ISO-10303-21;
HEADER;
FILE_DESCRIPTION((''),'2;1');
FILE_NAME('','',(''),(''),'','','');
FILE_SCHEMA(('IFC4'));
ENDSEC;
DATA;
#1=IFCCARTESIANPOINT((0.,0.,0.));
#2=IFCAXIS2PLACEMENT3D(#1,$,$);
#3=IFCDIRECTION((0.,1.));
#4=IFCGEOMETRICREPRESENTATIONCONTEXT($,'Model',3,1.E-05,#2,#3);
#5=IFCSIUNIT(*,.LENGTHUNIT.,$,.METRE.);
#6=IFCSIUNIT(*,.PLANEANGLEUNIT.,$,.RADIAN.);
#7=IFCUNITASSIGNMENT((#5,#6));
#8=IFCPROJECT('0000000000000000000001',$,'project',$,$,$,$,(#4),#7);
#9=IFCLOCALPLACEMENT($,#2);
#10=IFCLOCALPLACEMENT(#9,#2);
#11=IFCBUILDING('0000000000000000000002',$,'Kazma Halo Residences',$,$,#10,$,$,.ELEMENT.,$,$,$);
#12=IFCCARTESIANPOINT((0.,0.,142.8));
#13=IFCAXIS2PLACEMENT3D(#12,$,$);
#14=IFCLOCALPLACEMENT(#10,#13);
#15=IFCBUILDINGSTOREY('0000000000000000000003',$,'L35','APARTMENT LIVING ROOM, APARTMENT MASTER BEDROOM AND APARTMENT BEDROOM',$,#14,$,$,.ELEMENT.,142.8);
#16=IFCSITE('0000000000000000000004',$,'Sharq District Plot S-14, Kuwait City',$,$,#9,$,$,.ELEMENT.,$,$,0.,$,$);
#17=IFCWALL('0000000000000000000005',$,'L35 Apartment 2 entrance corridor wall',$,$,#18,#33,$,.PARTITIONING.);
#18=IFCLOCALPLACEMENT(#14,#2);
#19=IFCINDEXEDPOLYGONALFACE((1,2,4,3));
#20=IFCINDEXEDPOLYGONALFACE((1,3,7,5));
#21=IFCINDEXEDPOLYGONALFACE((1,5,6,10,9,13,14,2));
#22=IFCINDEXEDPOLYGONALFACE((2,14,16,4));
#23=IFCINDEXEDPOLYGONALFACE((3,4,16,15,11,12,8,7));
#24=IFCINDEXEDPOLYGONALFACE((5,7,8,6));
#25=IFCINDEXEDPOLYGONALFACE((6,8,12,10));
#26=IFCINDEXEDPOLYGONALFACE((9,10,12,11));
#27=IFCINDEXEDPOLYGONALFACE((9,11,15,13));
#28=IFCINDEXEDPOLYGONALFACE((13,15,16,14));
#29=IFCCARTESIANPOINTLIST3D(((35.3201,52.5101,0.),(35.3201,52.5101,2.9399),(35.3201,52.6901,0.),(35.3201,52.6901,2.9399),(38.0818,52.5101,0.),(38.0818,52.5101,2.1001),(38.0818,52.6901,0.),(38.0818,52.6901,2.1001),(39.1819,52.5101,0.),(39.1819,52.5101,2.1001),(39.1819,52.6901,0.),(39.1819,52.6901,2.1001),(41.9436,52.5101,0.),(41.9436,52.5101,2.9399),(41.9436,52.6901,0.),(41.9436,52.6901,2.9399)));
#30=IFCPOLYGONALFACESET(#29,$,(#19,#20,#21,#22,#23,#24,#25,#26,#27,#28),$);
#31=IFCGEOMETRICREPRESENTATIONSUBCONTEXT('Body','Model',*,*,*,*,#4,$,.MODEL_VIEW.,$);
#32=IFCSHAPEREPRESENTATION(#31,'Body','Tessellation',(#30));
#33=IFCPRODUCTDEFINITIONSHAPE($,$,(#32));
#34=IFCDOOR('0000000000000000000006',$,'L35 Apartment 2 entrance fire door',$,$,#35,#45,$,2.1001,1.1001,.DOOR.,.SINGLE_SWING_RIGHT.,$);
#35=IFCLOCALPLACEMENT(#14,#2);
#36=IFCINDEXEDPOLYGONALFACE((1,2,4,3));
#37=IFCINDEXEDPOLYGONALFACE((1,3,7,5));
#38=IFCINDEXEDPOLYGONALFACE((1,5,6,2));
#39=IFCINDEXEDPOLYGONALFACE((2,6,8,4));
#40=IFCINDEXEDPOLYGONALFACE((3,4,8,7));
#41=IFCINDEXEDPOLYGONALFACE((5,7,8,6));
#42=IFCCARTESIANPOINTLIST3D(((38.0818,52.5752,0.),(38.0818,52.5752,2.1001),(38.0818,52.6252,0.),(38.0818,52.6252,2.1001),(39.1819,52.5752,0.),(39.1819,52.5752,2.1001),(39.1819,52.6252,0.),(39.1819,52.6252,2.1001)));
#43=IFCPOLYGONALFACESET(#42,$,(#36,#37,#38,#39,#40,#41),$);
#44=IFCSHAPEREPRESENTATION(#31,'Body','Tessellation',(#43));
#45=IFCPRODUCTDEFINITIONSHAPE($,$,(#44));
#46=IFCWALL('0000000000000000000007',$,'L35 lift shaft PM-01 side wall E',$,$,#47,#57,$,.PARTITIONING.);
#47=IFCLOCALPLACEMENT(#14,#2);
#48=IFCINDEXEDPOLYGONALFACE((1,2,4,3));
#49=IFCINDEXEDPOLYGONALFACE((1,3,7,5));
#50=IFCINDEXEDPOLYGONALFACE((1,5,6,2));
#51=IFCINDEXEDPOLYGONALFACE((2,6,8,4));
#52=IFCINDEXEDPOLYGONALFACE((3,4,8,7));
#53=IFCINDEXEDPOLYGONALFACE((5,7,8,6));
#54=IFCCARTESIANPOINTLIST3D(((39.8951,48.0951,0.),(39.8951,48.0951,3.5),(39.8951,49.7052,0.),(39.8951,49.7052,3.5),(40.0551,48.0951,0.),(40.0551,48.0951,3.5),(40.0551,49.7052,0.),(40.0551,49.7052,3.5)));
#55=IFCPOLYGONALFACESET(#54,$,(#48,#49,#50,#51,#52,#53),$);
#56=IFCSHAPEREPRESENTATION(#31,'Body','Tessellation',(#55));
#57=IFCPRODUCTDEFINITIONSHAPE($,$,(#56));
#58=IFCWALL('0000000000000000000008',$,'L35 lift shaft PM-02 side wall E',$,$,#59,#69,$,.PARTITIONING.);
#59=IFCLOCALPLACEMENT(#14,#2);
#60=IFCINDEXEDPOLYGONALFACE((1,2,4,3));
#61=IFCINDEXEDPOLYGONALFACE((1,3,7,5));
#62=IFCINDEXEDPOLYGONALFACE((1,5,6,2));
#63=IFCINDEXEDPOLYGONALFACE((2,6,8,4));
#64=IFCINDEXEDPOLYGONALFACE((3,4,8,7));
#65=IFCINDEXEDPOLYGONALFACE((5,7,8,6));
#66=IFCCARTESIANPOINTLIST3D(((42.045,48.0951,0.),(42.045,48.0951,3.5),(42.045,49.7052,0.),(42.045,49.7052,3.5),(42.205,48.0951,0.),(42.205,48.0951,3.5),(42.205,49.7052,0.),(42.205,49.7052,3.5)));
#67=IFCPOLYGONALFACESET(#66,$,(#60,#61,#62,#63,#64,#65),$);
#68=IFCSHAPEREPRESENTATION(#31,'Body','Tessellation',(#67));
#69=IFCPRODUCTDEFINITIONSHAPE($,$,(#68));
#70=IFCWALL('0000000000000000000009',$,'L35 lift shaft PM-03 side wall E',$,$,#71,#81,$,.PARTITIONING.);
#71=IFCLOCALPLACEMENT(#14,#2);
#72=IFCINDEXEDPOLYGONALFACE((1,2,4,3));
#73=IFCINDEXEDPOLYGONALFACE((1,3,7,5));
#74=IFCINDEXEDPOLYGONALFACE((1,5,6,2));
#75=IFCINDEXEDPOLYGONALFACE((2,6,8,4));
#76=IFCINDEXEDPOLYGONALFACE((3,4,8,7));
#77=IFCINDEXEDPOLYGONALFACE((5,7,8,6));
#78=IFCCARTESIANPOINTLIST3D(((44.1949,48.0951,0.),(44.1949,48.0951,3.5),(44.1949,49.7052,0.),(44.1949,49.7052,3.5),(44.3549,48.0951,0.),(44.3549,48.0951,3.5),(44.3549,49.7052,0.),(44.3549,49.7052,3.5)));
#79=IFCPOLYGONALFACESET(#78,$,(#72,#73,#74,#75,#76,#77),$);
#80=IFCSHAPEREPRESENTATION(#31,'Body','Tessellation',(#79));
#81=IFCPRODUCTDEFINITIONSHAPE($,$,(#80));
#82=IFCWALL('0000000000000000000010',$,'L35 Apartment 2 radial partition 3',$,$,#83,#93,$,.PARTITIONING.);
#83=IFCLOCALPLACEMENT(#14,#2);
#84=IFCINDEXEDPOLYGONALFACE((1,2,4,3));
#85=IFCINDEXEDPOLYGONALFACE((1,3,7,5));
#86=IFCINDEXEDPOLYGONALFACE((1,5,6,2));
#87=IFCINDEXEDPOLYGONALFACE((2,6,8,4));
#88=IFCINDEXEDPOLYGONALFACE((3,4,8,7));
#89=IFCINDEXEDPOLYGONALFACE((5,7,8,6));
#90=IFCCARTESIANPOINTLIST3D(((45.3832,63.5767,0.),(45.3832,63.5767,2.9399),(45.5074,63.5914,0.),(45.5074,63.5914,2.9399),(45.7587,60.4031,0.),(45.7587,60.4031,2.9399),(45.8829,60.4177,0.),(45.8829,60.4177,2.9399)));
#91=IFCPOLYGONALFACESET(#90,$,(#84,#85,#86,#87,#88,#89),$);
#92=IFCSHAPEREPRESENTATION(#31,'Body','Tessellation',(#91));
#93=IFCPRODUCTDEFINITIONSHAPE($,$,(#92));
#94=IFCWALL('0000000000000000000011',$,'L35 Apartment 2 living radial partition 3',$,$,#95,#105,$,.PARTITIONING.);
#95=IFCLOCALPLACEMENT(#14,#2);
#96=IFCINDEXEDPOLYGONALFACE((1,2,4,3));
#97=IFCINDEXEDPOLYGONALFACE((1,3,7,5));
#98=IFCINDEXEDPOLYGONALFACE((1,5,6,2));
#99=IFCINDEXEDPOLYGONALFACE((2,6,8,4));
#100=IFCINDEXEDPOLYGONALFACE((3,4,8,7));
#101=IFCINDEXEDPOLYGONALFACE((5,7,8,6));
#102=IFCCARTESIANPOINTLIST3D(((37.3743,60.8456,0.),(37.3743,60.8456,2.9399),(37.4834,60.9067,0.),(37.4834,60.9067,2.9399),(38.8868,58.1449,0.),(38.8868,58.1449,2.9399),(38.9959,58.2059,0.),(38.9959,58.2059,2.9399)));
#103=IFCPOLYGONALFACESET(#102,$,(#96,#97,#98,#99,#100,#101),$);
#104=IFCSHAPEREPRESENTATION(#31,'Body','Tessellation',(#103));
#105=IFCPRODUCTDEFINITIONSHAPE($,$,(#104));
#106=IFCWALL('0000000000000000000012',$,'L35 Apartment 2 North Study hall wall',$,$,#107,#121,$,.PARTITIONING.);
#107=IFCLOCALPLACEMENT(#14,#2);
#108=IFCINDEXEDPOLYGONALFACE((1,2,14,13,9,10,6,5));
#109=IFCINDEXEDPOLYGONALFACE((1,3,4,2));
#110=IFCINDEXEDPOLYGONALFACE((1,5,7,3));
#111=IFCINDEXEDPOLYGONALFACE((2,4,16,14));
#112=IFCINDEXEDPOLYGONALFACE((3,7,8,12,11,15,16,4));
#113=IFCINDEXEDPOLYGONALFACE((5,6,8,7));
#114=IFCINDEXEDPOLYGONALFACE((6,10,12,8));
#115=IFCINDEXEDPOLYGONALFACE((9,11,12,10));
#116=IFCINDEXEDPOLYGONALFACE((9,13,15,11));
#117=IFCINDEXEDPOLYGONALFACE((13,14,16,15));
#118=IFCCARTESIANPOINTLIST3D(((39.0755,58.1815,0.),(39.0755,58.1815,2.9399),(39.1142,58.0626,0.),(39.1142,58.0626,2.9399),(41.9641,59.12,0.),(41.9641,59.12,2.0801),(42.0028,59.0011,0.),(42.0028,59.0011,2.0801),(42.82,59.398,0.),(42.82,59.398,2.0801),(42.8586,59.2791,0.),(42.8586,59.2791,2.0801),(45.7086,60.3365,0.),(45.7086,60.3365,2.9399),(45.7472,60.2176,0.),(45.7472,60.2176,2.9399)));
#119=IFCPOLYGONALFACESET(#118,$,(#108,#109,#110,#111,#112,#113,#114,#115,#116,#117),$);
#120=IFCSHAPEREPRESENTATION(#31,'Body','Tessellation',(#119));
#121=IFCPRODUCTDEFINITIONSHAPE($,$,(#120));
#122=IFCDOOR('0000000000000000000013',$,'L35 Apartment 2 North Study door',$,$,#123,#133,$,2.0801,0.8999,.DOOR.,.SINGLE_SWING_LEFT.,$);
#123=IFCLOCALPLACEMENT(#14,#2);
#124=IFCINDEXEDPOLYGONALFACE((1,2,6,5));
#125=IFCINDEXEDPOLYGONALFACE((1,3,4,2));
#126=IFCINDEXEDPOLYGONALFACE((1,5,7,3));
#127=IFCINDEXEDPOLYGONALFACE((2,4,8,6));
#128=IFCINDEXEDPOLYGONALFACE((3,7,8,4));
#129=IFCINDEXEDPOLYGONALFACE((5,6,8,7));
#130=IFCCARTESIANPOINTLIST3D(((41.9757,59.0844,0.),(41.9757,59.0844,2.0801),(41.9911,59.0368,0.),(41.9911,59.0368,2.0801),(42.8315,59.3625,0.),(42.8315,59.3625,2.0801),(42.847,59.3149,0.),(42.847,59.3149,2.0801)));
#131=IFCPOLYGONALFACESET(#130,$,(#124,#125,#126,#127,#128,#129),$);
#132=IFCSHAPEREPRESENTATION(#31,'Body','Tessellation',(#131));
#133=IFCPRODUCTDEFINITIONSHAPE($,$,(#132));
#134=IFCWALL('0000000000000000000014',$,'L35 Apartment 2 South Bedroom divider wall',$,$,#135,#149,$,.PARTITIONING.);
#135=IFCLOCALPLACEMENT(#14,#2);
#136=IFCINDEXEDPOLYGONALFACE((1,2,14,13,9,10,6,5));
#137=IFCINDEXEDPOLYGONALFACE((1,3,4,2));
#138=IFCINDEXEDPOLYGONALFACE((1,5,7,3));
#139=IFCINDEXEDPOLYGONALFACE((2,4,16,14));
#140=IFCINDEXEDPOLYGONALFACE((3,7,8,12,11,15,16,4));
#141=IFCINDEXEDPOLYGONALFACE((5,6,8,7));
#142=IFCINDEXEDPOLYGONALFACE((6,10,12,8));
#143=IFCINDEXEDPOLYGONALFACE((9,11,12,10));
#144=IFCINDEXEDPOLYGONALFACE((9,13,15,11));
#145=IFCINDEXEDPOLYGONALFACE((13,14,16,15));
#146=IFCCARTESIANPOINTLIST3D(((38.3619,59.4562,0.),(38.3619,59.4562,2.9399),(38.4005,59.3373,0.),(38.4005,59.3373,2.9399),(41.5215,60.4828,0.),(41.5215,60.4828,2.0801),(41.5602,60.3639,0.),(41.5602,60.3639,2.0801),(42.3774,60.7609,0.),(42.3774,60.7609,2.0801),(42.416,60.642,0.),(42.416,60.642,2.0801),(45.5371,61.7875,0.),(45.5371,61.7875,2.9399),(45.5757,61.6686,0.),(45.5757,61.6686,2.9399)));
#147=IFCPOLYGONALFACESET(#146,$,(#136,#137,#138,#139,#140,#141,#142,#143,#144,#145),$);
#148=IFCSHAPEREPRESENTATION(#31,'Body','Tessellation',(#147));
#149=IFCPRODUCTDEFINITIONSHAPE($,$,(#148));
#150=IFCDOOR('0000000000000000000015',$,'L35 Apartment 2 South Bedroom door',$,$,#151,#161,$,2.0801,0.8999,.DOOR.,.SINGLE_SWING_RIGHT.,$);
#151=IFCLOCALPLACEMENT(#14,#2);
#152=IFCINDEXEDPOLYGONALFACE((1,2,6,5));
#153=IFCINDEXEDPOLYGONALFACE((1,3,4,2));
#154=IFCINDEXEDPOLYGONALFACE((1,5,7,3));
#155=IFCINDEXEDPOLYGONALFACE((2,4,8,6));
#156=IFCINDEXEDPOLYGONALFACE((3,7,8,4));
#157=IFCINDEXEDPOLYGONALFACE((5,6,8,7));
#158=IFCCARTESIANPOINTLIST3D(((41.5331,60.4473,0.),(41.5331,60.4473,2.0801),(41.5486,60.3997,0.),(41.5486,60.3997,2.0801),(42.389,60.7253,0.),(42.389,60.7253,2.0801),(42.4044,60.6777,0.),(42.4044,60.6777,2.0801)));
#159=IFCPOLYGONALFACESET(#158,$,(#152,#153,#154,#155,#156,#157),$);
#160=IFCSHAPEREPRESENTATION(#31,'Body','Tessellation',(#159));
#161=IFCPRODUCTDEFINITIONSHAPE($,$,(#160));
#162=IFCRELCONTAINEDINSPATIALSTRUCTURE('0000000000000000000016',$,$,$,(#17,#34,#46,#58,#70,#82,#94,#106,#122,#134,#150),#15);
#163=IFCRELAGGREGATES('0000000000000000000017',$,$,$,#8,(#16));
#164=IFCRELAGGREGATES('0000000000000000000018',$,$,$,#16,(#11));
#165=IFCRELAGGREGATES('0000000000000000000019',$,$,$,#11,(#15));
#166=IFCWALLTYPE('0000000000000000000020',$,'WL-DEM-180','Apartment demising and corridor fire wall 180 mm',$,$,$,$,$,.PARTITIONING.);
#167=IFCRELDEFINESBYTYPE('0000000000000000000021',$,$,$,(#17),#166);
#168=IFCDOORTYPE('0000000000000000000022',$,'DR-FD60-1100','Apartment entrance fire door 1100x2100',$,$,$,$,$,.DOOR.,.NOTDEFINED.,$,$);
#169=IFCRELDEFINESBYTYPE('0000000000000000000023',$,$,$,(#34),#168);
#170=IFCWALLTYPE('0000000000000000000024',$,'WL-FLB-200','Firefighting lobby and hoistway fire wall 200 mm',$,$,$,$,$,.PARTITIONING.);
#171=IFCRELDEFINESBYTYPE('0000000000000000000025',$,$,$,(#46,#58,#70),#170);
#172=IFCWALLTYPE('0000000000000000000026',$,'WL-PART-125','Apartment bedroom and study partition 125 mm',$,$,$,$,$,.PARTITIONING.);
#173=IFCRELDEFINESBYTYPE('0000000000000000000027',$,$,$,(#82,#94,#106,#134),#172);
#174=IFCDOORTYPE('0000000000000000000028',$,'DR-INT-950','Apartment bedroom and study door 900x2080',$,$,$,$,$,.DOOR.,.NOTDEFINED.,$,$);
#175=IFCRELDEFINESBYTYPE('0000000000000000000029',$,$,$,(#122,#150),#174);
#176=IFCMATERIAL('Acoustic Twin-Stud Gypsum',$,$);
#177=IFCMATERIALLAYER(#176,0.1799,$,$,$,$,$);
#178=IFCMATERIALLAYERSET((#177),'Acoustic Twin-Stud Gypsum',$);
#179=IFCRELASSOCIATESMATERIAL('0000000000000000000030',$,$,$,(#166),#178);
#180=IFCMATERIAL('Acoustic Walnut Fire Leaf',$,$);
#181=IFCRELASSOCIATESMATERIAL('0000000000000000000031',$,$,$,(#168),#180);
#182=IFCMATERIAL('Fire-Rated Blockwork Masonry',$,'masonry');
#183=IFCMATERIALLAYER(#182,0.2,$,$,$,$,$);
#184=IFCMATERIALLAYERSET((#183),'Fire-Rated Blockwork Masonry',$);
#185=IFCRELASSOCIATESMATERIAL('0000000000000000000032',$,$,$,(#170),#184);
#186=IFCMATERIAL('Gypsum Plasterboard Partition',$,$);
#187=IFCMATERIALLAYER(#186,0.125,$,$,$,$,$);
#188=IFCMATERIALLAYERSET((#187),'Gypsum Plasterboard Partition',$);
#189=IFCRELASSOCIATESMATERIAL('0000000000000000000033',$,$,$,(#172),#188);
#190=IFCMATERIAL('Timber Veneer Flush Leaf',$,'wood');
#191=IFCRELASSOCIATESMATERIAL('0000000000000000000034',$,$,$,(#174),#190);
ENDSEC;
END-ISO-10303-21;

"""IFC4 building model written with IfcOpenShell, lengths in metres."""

from ifc_helpers import new_model, si_unit, direction, frame, frame_2d, origin, place, context, subcontext, project, spatial, rectangle, extrude, material, layer, layer_set, type_object, element, fill, save


model = new_model("IFC4")

# Units and contexts
model_context = context("Model", 3, precision=1e-05, world=origin(), true_north=direction((0.0, 1.0)))
body_context = subcontext(model_context, "Body", "Model", "MODEL_VIEW")
ifc_project = project(units=[si_unit("LENGTHUNIT", "METRE"), si_unit("PLANEANGLEUNIT", "RADIAN")], contexts=[model_context])

# Site, building, storey
site_placement = place(None, origin())
site = spatial("IfcSite", under=ifc_project, at=site_placement, Name="Sharq District Plot S-14, Kuwait City", CompositionType="ELEMENT", RefElevation=0.0)
building_placement = place(site_placement, origin())
building = spatial("IfcBuilding", under=site, at=building_placement, Name="Kazma Halo Residences", CompositionType="ELEMENT")
storey_placement = place(building_placement, frame((0.0, 0.0, 142.8)))
storey = spatial("IfcBuildingStorey", under=building, at=storey_placement, Name="L35", Description="APARTMENT LIVING ROOM, APARTMENT MASTER BEDROOM AND APARTMENT BEDROOM", CompositionType="ELEMENT", Elevation=142.8)

# Wall, opening, door
ifc_material_1 = material(Name="Acoustic Twin-Stud Gypsum")
ifc_layer_1 = layer(ifc_material_1, 0.1799)
ifc_layer_set_1 = layer_set([ifc_layer_1], Name="Acoustic Twin-Stud Gypsum")
wall_type_1 = type_object("IfcWallType", Name="WL-DEM-180", Description="Apartment demising and corridor fire wall 180 mm", PredefinedType="PARTITIONING", material=ifc_layer_set_1)
wall_1_placement = place(storey_placement, frame((41.9436, 52.6001, 0.0), z_axis=(0.0, 0.0, 1.0), x_axis=(-1.0, 0.0, 0.0)))
wall_1 = element("IfcWall", 1, at=wall_1_placement, inside=storey, type_object=wall_type_1, Name="L35 Apartment 2 entrance corridor wall", PredefinedType="PARTITIONING", context=body_context, shape_type="SweptSolid", body=[
    extrude(rectangle(XDim=6.6235, YDim=0.1799, at=frame_2d((3.3118, 0.0))), origin(), (0.0, 0.0, 1.0), 2.9399),
])
opening_1_placement = place(wall_1_placement, frame((2.7617, 0.0, 0.0)))
opening_1 = element("IfcOpeningElement", 2, at=opening_1_placement, cuts=wall_1, PredefinedType="OPENING", context=body_context, shape_type="SweptSolid", body=[
    extrude(rectangle(XDim=1.1001, YDim=2.1001, at=frame_2d((0.55, 1.05))), frame((0.0, 0.0999, 0.0), z_axis=(0.0, -1.0, 0.0), x_axis=(1.0, 0.0, 0.0)), (0.0, 0.0, 1.0), 0.2),
])
ifc_material_2 = material(Name="Acoustic Walnut Fire Leaf")
door_type_1 = type_object("IfcDoorType", Name="DR-FD60-1100", Description="Apartment entrance fire door 1100x2100", OperationType="NOTDEFINED", PredefinedType="DOOR", material=ifc_material_2)
door_1_placement = place(opening_1_placement, origin())
door_1 = element("IfcDoor", 3, at=door_1_placement, inside=storey, type_object=door_type_1, Name="L35 Apartment 2 entrance fire door", OperationType="SINGLE_SWING_RIGHT", OverallHeight=2.1001, OverallWidth=1.1001, PredefinedType="DOOR", context=body_context, shape_type="SweptSolid", body=[
    extrude(rectangle(XDim=1.1001, YDim=2.1001, at=frame_2d((0.55, 1.05))), frame((0.0, 0.0249, 0.0), z_axis=(0.0, -1.0, 0.0), x_axis=(1.0, 0.0, 0.0)), (0.0, 0.0, 1.0), 0.05),
])
fill(opening_1, door_1)

# Walls
ifc_material_3 = material(Name="Fire-Rated Blockwork Masonry", Category="masonry")
ifc_layer_2 = layer(ifc_material_3, 0.2)
ifc_layer_set_2 = layer_set([ifc_layer_2], Name="Fire-Rated Blockwork Masonry")
wall_type_2 = type_object("IfcWallType", Name="WL-FLB-200", Description="Firefighting lobby and hoistway fire wall 200 mm", PredefinedType="PARTITIONING", material=ifc_layer_set_2)
for number, where, z_axis, x_axis, name in (
    (4, (39.9751, 48.095, 0.0), (0.0, 0.0, 1.0), (0.0, 1.0, 0.0), "L35 lift shaft PM-01 side wall E"),
    (5, (42.125, 48.095, 0.0), (0.0, 0.0, 1.0), (0.0, 1.0, 0.0), "L35 lift shaft PM-02 side wall E"),
    (6, (44.2749, 48.095, 0.0), (0.0, 0.0, 1.0), (0.0, 1.0, 0.0), "L35 lift shaft PM-03 side wall E"),
):
    element("IfcWall", number, at=place(storey_placement, frame(where, z_axis=z_axis, x_axis=x_axis)), inside=storey, type_object=wall_type_2, Name=name, PredefinedType="PARTITIONING", context=body_context, shape_type="SweptSolid", body=[
        extrude(rectangle(XDim=1.6101, YDim=0.1599, at=frame_2d((0.8052, 0.0))), origin(), (0.0, 0.0, 1.0), 3.5),
    ])
ifc_material_4 = material(Name="Gypsum Plasterboard Partition")
ifc_layer_3 = layer(ifc_material_4, 0.125)
ifc_layer_set_3 = layer_set([ifc_layer_3], Name="Gypsum Plasterboard Partition")
wall_type_3 = type_object("IfcWallType", Name="WL-PART-125", Description="Apartment bedroom and study partition 125 mm", PredefinedType="PARTITIONING", material=ifc_layer_set_3)
wall_2_placement = place(storey_placement, frame((45.8208, 60.4104, 0.0), z_axis=(0.0, 0.0, 1.0), x_axis=(-0.117497, 0.993073, 0.0)))
element("IfcWall", 7, at=wall_2_placement, inside=storey, type_object=wall_type_3, Name="L35 Apartment 2 radial partition 3", PredefinedType="PARTITIONING", context=body_context, shape_type="SweptSolid", body=[
    extrude(rectangle(XDim=3.1958, YDim=0.125, at=frame_2d((1.5979, 0.0))), origin(), (0.0, 0.0, 1.0), 2.9399),
])
wall_3_placement = place(storey_placement, frame((38.9414, 58.1753, 0.0), z_axis=(0.0, 0.0, 1.0), x_axis=(-0.48862, 0.872497, 0.0)))
element("IfcWall", 8, at=wall_3_placement, inside=storey, type_object=wall_type_3, Name="L35 Apartment 2 living radial partition 3", PredefinedType="PARTITIONING", context=body_context, shape_type="SweptSolid", body=[
    extrude(rectangle(XDim=3.0955, YDim=0.125, at=frame_2d((1.5479, 0.0))), origin(), (0.0, 0.0, 1.0), 2.9399),
])

# Walls, openings, doors
wall_4_placement = place(storey_placement, frame((45.728, 60.2771, 0.0), z_axis=(0.0, 0.0, 1.0), x_axis=(-0.951064, -0.308993, 0.0)))
wall_4 = element("IfcWall", 9, at=wall_4_placement, inside=storey, type_object=wall_type_3, Name="L35 Apartment 2 North Study hall wall", PredefinedType="PARTITIONING", context=body_context, shape_type="SweptSolid", body=[
    extrude(rectangle(XDim=6.9744, YDim=0.125, at=frame_2d((3.4873, 0.0))), origin(), (0.0, 0.0, 1.0), 2.9399),
])
opening_2_placement = place(wall_4_placement, frame((3.0374, 0.0, 0.0)))
opening_2 = element("IfcOpeningElement", 10, at=opening_2_placement, cuts=wall_4, PredefinedType="OPENING", context=body_context, shape_type="SweptSolid", body=[
    extrude(rectangle(XDim=0.8999, YDim=2.0801, at=frame_2d((0.45, 1.04))), frame((0.0, 0.0725, 0.0), z_axis=(0.0, -1.0, 0.0), x_axis=(1.0, 0.0, 0.0)), (0.0, 0.0, 1.0), 0.145),
])
ifc_material_5 = material(Name="Timber Veneer Flush Leaf", Category="wood")
door_type_2 = type_object("IfcDoorType", Name="DR-INT-950", Description="Apartment bedroom and study door 900x2080", OperationType="NOTDEFINED", PredefinedType="DOOR", material=ifc_material_5)
door_2_placement = place(opening_2_placement, origin())
door_2 = element("IfcDoor", 11, at=door_2_placement, inside=storey, type_object=door_type_2, Name="L35 Apartment 2 North Study door", OperationType="SINGLE_SWING_LEFT", OverallHeight=2.0801, OverallWidth=0.8999, PredefinedType="DOOR", context=body_context, shape_type="SweptSolid", body=[
    extrude(rectangle(XDim=0.8999, YDim=2.0801, at=frame_2d((0.45, 1.04))), frame((0.0, 0.0249, 0.0), z_axis=(0.0, -1.0, 0.0), x_axis=(1.0, 0.0, 0.0)), (0.0, 0.0, 1.0), 0.05),
])
fill(opening_2, door_2)
wall_5_placement = place(storey_placement, frame((45.5564, 61.728, 0.0), z_axis=(0.0, 0.0, 1.0), x_axis=(-0.95106, -0.309006, 0.0)))
wall_5 = element("IfcWall", 12, at=wall_5_placement, inside=storey, type_object=wall_type_3, Name="L35 Apartment 2 South Bedroom divider wall", PredefinedType="PARTITIONING", context=body_context, shape_type="SweptSolid", body=[
    extrude(rectangle(XDim=7.5444, YDim=0.125, at=frame_2d((3.7722, 0.0))), origin(), (0.0, 0.0, 1.0), 2.9399),
])
opening_3_placement = place(wall_5_placement, frame((3.3223, 0.0, 0.0)))
opening_3 = element("IfcOpeningElement", 13, at=opening_3_placement, cuts=wall_5, PredefinedType="OPENING", context=body_context, shape_type="SweptSolid", body=[
    extrude(rectangle(XDim=0.8999, YDim=2.0801, at=frame_2d((0.45, 1.04))), frame((0.0, 0.0725, 0.0), z_axis=(0.0, -1.0, 0.0), x_axis=(1.0, 0.0, 0.0)), (0.0, 0.0, 1.0), 0.145),
])
door_3_placement = place(opening_3_placement, origin())
door_3 = element("IfcDoor", 14, at=door_3_placement, inside=storey, type_object=door_type_2, Name="L35 Apartment 2 South Bedroom door", OperationType="SINGLE_SWING_RIGHT", OverallHeight=2.0801, OverallWidth=0.8999, PredefinedType="DOOR", context=body_context, shape_type="SweptSolid", body=[
    extrude(rectangle(XDim=0.8999, YDim=2.0801, at=frame_2d((0.45, 1.04))), frame((0.0, 0.0249, 0.0), z_axis=(0.0, -1.0, 0.0), x_axis=(1.0, 0.0, 0.0)), (0.0, 0.0, 1.0), 0.05),
])
fill(opening_3, door_3)

save(model, "model.ifc")
